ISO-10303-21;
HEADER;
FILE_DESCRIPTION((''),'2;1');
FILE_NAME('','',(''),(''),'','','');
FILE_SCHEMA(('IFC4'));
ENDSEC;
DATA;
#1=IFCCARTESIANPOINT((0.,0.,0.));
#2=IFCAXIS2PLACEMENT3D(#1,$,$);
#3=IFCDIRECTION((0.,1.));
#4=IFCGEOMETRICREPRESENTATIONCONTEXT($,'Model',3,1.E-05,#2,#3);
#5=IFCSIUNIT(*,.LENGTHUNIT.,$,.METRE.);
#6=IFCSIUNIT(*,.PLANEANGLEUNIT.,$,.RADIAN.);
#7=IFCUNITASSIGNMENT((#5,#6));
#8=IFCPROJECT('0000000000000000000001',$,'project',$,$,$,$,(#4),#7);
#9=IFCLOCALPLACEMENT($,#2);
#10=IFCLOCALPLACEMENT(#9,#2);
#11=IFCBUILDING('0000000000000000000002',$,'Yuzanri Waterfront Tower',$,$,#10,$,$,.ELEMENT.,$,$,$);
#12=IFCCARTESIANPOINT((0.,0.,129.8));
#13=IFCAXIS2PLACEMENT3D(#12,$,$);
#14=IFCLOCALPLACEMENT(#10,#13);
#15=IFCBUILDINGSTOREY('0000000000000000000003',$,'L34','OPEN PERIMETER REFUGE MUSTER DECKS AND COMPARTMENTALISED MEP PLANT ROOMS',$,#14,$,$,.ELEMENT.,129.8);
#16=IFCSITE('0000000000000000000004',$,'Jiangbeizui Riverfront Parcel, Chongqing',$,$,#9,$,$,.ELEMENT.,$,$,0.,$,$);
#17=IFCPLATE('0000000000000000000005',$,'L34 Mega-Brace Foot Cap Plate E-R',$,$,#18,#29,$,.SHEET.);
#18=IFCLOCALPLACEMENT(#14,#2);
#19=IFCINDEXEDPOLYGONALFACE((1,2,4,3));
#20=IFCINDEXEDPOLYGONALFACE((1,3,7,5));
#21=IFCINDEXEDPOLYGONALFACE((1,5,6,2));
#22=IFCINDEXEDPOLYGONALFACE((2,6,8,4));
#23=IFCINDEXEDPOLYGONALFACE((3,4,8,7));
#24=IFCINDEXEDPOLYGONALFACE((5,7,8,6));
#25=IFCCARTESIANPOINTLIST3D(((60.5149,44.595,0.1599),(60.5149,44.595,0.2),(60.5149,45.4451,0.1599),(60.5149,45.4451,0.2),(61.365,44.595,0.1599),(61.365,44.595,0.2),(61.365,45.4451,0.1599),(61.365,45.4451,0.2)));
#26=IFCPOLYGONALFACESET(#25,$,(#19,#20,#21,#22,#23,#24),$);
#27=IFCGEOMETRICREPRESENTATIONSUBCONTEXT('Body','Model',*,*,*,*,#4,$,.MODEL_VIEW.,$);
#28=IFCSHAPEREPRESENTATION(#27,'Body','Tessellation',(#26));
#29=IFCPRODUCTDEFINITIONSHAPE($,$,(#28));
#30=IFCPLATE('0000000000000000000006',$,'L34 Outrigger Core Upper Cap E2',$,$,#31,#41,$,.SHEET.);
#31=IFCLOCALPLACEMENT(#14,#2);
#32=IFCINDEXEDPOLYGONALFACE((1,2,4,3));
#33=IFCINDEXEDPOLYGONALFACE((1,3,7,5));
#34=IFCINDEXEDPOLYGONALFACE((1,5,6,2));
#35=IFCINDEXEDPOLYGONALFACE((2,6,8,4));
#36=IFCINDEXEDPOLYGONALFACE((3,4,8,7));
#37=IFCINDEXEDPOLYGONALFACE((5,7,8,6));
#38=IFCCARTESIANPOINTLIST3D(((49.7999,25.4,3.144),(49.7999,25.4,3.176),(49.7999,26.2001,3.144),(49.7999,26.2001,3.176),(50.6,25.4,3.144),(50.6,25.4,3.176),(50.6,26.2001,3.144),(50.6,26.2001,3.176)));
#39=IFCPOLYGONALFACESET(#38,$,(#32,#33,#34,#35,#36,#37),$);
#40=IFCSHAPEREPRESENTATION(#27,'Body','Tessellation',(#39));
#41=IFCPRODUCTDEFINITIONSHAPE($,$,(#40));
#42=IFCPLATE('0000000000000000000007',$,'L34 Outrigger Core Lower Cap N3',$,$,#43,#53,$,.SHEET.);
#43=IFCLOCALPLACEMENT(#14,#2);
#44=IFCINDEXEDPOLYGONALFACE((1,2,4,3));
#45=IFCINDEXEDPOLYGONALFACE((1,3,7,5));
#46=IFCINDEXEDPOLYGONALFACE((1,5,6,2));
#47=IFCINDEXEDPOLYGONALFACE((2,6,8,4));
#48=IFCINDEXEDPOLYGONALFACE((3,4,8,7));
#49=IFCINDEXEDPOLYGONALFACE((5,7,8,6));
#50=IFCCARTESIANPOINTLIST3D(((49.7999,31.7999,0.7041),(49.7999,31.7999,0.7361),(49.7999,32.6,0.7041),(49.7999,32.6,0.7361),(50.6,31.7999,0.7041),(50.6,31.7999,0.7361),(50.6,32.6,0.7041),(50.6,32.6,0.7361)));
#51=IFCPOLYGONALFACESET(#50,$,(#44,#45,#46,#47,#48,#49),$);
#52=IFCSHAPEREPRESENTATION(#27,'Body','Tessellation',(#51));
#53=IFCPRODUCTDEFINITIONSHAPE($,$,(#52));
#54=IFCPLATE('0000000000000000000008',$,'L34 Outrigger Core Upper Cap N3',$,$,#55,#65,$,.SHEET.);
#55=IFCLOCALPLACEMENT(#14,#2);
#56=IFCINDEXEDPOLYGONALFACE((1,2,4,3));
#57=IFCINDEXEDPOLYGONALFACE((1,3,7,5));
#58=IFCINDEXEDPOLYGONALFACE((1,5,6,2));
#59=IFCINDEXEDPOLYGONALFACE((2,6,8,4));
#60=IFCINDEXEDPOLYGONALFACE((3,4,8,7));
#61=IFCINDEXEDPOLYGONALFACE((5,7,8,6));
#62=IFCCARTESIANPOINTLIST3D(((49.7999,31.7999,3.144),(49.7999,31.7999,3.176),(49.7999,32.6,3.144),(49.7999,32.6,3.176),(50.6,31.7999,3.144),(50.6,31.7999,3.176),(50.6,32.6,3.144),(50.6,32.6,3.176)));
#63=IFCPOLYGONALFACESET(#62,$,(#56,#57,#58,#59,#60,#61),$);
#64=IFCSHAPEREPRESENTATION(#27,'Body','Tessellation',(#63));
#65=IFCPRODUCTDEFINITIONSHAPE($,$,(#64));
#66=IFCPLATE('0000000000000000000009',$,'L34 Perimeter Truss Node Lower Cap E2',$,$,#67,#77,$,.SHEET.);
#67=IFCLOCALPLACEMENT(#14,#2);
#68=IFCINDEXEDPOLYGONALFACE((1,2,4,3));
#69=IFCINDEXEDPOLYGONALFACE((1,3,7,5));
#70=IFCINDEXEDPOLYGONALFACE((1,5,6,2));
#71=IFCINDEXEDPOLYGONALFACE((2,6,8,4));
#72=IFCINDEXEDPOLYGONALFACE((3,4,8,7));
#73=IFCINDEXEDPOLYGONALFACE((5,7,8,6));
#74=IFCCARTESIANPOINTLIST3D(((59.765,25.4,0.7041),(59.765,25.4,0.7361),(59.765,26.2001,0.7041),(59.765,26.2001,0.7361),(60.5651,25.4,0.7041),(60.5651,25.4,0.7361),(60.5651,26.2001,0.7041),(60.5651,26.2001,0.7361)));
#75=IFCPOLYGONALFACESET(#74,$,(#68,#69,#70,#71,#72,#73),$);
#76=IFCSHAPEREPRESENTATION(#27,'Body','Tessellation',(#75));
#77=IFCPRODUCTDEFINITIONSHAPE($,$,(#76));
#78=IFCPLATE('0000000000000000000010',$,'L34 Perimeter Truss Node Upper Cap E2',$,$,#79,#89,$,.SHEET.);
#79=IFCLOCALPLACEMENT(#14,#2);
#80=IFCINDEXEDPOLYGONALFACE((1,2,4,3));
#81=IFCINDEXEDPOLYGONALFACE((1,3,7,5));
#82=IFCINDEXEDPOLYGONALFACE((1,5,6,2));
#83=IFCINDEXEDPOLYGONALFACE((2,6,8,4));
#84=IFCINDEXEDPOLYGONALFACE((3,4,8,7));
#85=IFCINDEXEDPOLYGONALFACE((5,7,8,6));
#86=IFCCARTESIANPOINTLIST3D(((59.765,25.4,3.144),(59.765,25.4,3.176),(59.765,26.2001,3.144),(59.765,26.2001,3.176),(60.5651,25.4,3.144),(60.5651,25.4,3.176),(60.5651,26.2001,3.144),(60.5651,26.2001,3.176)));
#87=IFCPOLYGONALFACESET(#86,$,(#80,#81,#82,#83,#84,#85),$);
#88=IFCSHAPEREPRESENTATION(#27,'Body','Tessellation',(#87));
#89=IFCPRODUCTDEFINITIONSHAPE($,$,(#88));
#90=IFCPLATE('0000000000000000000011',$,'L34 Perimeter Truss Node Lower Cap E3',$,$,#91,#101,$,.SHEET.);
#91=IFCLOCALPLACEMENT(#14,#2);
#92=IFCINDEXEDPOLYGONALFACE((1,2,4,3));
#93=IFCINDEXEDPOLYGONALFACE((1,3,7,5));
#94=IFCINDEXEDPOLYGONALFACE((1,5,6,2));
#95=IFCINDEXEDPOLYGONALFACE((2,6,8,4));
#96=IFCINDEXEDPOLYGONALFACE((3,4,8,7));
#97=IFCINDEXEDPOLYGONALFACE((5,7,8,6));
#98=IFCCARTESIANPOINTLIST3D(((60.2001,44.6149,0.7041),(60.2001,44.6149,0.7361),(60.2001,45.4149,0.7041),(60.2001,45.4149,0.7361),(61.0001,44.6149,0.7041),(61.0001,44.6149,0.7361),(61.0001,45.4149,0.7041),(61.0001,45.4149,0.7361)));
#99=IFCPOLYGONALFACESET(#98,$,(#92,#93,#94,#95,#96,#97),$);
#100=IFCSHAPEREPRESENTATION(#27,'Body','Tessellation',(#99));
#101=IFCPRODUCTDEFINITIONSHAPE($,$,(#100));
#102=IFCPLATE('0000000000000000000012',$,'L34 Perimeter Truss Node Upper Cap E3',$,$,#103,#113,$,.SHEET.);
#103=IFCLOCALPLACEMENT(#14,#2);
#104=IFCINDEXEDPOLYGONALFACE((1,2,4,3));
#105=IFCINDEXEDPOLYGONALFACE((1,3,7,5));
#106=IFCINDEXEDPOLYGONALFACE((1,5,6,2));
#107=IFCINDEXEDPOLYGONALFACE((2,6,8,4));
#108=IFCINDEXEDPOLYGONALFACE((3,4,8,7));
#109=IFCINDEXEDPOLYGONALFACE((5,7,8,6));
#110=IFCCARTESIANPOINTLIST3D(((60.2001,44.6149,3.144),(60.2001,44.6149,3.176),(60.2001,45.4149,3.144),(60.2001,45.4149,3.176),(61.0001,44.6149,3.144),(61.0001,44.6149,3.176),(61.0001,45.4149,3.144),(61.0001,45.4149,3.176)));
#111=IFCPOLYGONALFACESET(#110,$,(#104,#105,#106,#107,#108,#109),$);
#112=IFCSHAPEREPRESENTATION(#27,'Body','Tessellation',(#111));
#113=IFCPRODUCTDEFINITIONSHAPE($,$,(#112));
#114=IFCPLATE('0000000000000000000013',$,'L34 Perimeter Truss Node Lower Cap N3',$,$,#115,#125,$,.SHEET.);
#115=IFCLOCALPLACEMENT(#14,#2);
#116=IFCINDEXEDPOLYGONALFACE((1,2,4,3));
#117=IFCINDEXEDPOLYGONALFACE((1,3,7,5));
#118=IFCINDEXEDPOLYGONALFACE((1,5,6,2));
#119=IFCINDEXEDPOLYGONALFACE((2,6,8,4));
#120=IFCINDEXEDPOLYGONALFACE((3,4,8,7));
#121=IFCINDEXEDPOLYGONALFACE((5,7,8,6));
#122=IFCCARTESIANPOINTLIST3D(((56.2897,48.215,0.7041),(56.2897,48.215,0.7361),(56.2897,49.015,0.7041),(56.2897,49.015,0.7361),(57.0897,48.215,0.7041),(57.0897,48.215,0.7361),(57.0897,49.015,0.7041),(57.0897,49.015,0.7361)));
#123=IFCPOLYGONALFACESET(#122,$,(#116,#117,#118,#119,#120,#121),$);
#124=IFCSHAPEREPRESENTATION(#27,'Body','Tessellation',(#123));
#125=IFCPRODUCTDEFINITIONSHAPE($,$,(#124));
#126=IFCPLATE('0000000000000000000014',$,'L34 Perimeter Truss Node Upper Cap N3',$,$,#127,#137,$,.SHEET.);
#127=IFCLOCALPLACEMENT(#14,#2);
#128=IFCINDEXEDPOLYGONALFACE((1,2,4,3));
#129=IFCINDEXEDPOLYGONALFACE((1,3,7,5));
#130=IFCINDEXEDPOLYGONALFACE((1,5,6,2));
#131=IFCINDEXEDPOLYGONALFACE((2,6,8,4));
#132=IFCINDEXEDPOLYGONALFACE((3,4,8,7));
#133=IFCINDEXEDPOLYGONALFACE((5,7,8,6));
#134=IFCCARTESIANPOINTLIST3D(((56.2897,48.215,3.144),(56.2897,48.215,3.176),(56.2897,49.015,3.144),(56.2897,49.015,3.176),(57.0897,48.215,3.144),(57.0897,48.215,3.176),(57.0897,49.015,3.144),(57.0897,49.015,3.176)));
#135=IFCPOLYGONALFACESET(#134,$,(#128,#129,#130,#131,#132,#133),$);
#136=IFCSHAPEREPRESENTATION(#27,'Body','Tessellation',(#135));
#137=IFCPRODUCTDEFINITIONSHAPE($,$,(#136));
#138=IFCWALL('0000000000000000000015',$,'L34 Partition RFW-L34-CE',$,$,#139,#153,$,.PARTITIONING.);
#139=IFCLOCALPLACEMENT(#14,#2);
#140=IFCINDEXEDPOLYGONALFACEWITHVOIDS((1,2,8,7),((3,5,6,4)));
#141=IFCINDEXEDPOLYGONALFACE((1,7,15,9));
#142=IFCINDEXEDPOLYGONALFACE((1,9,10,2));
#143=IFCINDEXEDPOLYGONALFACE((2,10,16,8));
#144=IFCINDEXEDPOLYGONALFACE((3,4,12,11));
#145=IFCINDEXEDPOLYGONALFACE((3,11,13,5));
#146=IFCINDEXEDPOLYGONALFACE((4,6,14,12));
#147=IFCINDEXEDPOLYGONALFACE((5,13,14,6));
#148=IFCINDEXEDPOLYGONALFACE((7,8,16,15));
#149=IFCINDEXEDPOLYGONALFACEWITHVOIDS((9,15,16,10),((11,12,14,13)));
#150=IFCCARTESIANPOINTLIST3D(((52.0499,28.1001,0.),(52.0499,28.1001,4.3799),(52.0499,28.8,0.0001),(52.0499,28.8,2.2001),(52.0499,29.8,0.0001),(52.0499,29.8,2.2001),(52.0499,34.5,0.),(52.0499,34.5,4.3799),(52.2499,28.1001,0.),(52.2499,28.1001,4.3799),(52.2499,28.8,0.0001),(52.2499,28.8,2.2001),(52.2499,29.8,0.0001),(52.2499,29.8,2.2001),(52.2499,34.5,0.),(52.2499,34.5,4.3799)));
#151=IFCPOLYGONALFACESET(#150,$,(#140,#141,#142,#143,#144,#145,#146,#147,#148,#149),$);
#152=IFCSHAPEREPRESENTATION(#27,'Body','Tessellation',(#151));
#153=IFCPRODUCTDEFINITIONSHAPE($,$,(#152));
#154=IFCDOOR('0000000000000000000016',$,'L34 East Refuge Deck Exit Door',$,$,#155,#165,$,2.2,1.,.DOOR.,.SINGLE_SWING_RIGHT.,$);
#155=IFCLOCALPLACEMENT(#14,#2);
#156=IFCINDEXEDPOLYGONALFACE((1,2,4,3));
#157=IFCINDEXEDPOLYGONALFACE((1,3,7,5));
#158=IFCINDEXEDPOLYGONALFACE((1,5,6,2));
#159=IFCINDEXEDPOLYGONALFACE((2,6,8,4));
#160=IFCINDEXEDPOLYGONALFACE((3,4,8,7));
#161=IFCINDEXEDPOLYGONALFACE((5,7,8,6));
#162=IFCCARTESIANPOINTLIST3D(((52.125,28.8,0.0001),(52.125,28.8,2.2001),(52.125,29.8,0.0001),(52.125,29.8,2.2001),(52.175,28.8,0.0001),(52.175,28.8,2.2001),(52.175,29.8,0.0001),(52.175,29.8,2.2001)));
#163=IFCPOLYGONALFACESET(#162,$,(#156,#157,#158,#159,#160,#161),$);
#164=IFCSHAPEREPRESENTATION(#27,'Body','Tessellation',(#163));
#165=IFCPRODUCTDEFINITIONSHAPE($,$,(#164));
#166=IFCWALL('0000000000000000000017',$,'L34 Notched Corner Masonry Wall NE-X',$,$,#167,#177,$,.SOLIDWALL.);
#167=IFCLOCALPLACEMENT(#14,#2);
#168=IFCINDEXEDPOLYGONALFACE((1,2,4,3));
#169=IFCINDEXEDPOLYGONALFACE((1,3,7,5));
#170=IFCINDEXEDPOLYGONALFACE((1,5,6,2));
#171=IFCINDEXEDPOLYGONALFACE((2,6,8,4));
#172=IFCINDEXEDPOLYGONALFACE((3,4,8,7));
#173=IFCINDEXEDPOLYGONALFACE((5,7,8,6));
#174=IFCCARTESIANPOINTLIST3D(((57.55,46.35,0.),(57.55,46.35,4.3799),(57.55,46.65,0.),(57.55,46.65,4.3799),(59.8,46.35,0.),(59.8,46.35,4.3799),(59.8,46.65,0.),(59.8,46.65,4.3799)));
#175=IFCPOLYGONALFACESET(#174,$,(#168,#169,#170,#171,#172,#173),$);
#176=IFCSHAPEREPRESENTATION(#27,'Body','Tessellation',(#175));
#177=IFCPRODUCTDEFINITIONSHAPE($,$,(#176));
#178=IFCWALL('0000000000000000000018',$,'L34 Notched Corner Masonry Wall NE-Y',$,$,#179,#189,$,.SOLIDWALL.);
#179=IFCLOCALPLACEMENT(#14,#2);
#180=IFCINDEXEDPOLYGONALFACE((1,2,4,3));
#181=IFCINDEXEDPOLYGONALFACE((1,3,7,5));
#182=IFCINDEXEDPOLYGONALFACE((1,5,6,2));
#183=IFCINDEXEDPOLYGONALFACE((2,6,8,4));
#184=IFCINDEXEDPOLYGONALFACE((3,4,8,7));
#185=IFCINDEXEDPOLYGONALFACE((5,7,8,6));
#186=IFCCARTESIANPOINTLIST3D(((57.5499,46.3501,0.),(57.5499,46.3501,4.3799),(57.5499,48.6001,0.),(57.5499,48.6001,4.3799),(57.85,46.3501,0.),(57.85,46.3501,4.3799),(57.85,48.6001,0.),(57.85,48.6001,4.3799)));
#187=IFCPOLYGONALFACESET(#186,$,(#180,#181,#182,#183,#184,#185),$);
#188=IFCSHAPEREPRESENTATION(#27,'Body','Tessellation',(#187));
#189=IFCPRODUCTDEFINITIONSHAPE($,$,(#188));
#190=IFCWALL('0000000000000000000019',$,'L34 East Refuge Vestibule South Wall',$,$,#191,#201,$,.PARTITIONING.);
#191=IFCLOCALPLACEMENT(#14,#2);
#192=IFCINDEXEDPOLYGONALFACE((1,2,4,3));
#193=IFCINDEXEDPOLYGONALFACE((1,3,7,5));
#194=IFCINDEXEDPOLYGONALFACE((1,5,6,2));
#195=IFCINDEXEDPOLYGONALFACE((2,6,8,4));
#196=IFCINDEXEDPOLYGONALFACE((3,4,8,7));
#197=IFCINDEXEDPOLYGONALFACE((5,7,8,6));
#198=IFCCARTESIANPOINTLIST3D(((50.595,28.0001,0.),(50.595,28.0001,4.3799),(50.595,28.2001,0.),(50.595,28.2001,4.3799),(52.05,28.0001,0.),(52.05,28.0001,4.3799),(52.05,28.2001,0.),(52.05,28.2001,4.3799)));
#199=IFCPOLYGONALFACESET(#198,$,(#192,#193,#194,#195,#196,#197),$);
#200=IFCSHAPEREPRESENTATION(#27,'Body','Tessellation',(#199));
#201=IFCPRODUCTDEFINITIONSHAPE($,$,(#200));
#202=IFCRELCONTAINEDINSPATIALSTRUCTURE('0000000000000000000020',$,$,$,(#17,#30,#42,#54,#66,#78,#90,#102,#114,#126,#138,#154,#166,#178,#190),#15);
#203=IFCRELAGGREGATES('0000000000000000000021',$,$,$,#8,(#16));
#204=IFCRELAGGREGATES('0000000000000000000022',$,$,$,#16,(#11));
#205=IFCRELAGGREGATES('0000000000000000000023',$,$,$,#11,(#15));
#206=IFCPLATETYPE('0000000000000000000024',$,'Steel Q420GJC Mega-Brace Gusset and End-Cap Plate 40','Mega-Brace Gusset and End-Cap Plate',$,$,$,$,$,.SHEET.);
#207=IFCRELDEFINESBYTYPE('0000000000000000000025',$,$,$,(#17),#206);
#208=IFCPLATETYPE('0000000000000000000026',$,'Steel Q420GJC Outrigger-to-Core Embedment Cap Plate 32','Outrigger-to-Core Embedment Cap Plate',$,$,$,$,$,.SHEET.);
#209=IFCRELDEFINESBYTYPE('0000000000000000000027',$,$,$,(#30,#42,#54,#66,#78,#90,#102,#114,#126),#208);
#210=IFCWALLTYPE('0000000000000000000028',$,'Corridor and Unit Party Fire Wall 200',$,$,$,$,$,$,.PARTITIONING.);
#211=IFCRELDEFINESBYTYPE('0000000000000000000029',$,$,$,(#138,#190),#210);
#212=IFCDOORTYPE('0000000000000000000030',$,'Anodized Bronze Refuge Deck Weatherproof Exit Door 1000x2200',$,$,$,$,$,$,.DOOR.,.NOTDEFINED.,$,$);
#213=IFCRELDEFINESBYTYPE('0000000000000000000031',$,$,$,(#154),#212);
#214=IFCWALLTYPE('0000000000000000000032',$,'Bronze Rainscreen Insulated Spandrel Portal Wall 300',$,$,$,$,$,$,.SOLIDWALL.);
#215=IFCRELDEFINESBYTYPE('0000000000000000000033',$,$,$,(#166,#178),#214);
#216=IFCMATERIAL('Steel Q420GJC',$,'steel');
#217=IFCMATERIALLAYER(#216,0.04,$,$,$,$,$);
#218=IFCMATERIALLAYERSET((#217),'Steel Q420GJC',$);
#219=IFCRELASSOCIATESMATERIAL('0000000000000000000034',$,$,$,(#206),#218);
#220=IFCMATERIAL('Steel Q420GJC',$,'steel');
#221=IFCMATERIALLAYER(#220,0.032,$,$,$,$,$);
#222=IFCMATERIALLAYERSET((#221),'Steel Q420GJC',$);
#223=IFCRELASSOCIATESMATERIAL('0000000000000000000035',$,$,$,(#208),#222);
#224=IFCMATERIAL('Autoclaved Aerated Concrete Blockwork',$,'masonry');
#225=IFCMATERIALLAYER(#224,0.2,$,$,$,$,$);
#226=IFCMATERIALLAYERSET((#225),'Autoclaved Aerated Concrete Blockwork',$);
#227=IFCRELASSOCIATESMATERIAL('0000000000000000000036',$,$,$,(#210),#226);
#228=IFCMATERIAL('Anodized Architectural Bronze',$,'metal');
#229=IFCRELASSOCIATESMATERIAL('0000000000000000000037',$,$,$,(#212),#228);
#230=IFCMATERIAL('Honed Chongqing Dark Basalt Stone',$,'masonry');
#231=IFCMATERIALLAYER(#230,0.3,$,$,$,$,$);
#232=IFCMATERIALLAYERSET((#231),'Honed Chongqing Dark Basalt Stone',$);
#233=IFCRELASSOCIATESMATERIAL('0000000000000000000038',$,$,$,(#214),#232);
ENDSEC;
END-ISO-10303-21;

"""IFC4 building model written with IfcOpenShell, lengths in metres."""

from ifc_helpers import new_model, si_unit, direction, frame, frame_2d, origin, origin_2d, place, context, subcontext, project, spatial, rectangle, extrude, source, transform, mapped, material, layer, layer_set, type_object, element, fill, save


model = new_model("IFC4")

# Units and contexts
model_context = context("Model", 3, precision=1e-05, world=origin(), true_north=direction((0.0, 1.0)))
body_context = subcontext(model_context, "Body", "Model", "MODEL_VIEW")
ifc_project = project(units=[si_unit("LENGTHUNIT", "METRE"), si_unit("PLANEANGLEUNIT", "RADIAN")], contexts=[model_context])

# Site, building, storey
site_placement = place(None, origin())
site = spatial("IfcSite", under=ifc_project, at=site_placement, Name="Jiangbeizui Riverfront Parcel, Chongqing", CompositionType="ELEMENT", RefElevation=0.0)
building_placement = place(site_placement, origin())
building = spatial("IfcBuilding", under=site, at=building_placement, Name="Yuzanri Waterfront Tower", CompositionType="ELEMENT")
storey_placement = place(building_placement, frame((0.0, 0.0, 129.8)))
storey = spatial("IfcBuildingStorey", under=building, at=storey_placement, Name="L34", Description="OPEN PERIMETER REFUGE MUSTER DECKS AND COMPARTMENTALISED MEP PLANT ROOMS", CompositionType="ELEMENT", Elevation=129.8)

# Plates
ifc_material_1 = material(Name="Steel Q420GJC", Category="steel")
ifc_layer_1 = layer(ifc_material_1, 0.04)
ifc_layer_set_1 = layer_set([ifc_layer_1], Name="Steel Q420GJC")
plate_type_1 = type_object("IfcPlateType", Name="Steel Q420GJC Mega-Brace Gusset and End-Cap Plate 40", Description="Mega-Brace Gusset and End-Cap Plate", PredefinedType="SHEET", material=ifc_layer_set_1)
shared_shape_1 = source(origin(), body_context, "Body", "SweptSolid", [
    extrude(rectangle(XDim=0.8501, YDim=0.8501, at=origin_2d()), origin(), (0.0, 0.0, 1.0), 0.04),
])
for number, where, z_axis, x_axis, name in (
    (1, (60.9399, 45.02, 0.1599), (0.0, 0.0, 1.0), (1.0, 0.0, 0.0), "L34 Mega-Brace Foot Cap Plate E-R"),
):
    element("IfcPlate", number, at=place(storey_placement, frame(where, z_axis=z_axis, x_axis=x_axis)), inside=storey, type_object=plate_type_1, Name=name, PredefinedType="SHEET", context=body_context, shape_type="MappedRepresentation", body=[
        mapped(shared_shape_1, transform((0.0, 0.0, 0.0), scale=1.0)),
    ])
ifc_material_2 = material(Name="Steel Q420GJC", Category="steel")
ifc_layer_2 = layer(ifc_material_2, 0.032)
ifc_layer_set_2 = layer_set([ifc_layer_2], Name="Steel Q420GJC")
plate_type_2 = type_object("IfcPlateType", Name="Steel Q420GJC Outrigger-to-Core Embedment Cap Plate 32", Description="Outrigger-to-Core Embedment Cap Plate", PredefinedType="SHEET", material=ifc_layer_set_2)
shared_shape_2 = source(origin(), body_context, "Body", "SweptSolid", [
    extrude(rectangle(XDim=0.8, YDim=0.8, at=origin_2d()), origin(), (0.0, 0.0, 1.0), 0.032),
])
for number, where, z_axis, x_axis, name in (
    (2, (50.2, 25.8, 3.144), (0.0, 0.0, 1.0), (1.0, 0.0, 0.0), "L34 Outrigger Core Upper Cap E2"),
    (3, (50.2, 32.2, 0.7041), (0.0, 0.0, 1.0), (1.0, 0.0, 0.0), "L34 Outrigger Core Lower Cap N3"),
    (4, (50.2, 32.2, 3.144), (0.0, 0.0, 1.0), (1.0, 0.0, 0.0), "L34 Outrigger Core Upper Cap N3"),
    (5, (60.165, 25.8, 0.7041), (0.0, 0.0, 1.0), (1.0, 0.0, 0.0), "L34 Perimeter Truss Node Lower Cap E2"),
    (6, (60.165, 25.8, 3.144), (0.0, 0.0, 1.0), (1.0, 0.0, 0.0), "L34 Perimeter Truss Node Upper Cap E2"),
    (7, (60.6001, 45.0149, 0.7041), (0.0, 0.0, 1.0), (1.0, 0.0, 0.0), "L34 Perimeter Truss Node Lower Cap E3"),
    (8, (60.6001, 45.0149, 3.144), (0.0, 0.0, 1.0), (1.0, 0.0, 0.0), "L34 Perimeter Truss Node Upper Cap E3"),
    (9, (56.6897, 48.615, 0.7041), (0.0, 0.0, 1.0), (1.0, 0.0, 0.0), "L34 Perimeter Truss Node Lower Cap N3"),
    (10, (56.6897, 48.615, 3.144), (0.0, 0.0, 1.0), (1.0, 0.0, 0.0), "L34 Perimeter Truss Node Upper Cap N3"),
):
    element("IfcPlate", number, at=place(storey_placement, frame(where, z_axis=z_axis, x_axis=x_axis)), inside=storey, type_object=plate_type_2, Name=name, PredefinedType="SHEET", context=body_context, shape_type="MappedRepresentation", body=[
        mapped(shared_shape_2, transform((0.0, 0.0, 0.0), scale=1.0)),
    ])

# Wall, opening, door
ifc_material_3 = material(Name="Autoclaved Aerated Concrete Blockwork", Category="masonry")
ifc_layer_3 = layer(ifc_material_3, 0.2)
ifc_layer_set_3 = layer_set([ifc_layer_3], Name="Autoclaved Aerated Concrete Blockwork")
wall_type_1 = type_object("IfcWallType", Name="Corridor and Unit Party Fire Wall 200", PredefinedType="PARTITIONING", material=ifc_layer_set_3)
wall_1_placement = place(storey_placement, frame((52.1499, 28.1001, 0.0), z_axis=(0.0, 0.0, 1.0), x_axis=(0.0, 1.0, 0.0)))
wall_1 = element("IfcWall", 11, at=wall_1_placement, inside=storey, type_object=wall_type_1, Name="L34 Partition RFW-L34-CE", PredefinedType="PARTITIONING", context=body_context, shape_type="SweptSolid", body=[
    extrude(rectangle(XDim=6.3999, YDim=0.2, at=frame_2d((3.2, 0.0))), origin(), (0.0, 0.0, 1.0), 4.3799),
])
opening_placement = place(wall_1_placement, frame((0.7, 0.0, 0.0)))
opening = element("IfcOpeningElement", 12, at=opening_placement, cuts=wall_1, PredefinedType="OPENING", context=body_context, shape_type="SweptSolid", body=[
    extrude(rectangle(XDim=1.0, YDim=2.2, at=frame_2d((0.5, 1.1001))), frame((0.0, 0.1147, 0.0), z_axis=(0.0, -1.0, 0.0), x_axis=(1.0, 0.0, 0.0)), (0.0, 0.0, 1.0), 0.2297),
])
ifc_material_4 = material(Name="Anodized Architectural Bronze", Category="metal")
door_type = type_object("IfcDoorType", Name="Anodized Bronze Refuge Deck Weatherproof Exit Door 1000x2200", OperationType="NOTDEFINED", PredefinedType="DOOR", material=ifc_material_4)
shared_shape_3 = source(origin(), body_context, "Body", "SweptSolid", [
    extrude(rectangle(XDim=1.0, YDim=2.2, at=frame_2d((0.5, 1.1001))), frame((0.0, 0.0249, 0.0), z_axis=(0.0, -1.0, 0.0), x_axis=(1.0, 0.0, 0.0)), (0.0, 0.0, 1.0), 0.05),
])
door_placement = place(opening_placement, origin())
door = element("IfcDoor", 13, at=door_placement, inside=storey, type_object=door_type, Name="L34 East Refuge Deck Exit Door", OperationType="SINGLE_SWING_RIGHT", OverallHeight=2.2, OverallWidth=1.0, PredefinedType="DOOR", context=body_context, shape_type="MappedRepresentation", body=[
    mapped(shared_shape_3, transform((0.0, 0.0, 0.0), scale=1.0)),
])
fill(opening, door)

# Walls
ifc_material_5 = material(Name="Honed Chongqing Dark Basalt Stone", Category="masonry")
ifc_layer_4 = layer(ifc_material_5, 0.3)
ifc_layer_set_4 = layer_set([ifc_layer_4], Name="Honed Chongqing Dark Basalt Stone")
wall_type_2 = type_object("IfcWallType", Name="Bronze Rainscreen Insulated Spandrel Portal Wall 300", PredefinedType="SOLIDWALL", material=ifc_layer_set_4)
shared_shape_4 = source(origin(), body_context, "Body", "SweptSolid", [
    extrude(rectangle(XDim=2.25, YDim=0.3, at=frame_2d((1.125, 0.0))), origin(), (0.0, 0.0, 1.0), 4.3799),
])
for number, where, z_axis, x_axis, name in (
    (14, (59.8, 46.5, 0.0), (0.0, 0.0, 1.0), (-1.0, 0.0, 0.0), "L34 Notched Corner Masonry Wall NE-X"),
    (15, (57.7, 46.3501, 0.0), (0.0, 0.0, 1.0), (0.0, 1.0, 0.0), "L34 Notched Corner Masonry Wall NE-Y"),
):
    element("IfcWall", number, at=place(storey_placement, frame(where, z_axis=z_axis, x_axis=x_axis)), inside=storey, type_object=wall_type_2, Name=name, PredefinedType="SOLIDWALL", context=body_context, shape_type="MappedRepresentation", body=[
        mapped(shared_shape_4, transform((0.0, 0.0, 0.0), scale=1.0)),
    ])
shared_shape_5 = source(origin(), body_context, "Body", "SweptSolid", [
    extrude(rectangle(XDim=1.4551, YDim=0.2, at=frame_2d((0.7275, 0.0))), origin(), (0.0, 0.0, 1.0), 4.3799),
])
wall_2_placement = place(storey_placement, frame((50.595, 28.1001, 0.0), z_axis=(0.0, 0.0, 1.0), x_axis=(1.0, 0.0, 0.0)))
element("IfcWall", 16, at=wall_2_placement, inside=storey, type_object=wall_type_1, Name="L34 East Refuge Vestibule South Wall", PredefinedType="PARTITIONING", context=body_context, shape_type="MappedRepresentation", body=[
    mapped(shared_shape_5, transform((0.0, 0.0, 0.0), scale=1.0)),
])

save(model, "model.ifc")
